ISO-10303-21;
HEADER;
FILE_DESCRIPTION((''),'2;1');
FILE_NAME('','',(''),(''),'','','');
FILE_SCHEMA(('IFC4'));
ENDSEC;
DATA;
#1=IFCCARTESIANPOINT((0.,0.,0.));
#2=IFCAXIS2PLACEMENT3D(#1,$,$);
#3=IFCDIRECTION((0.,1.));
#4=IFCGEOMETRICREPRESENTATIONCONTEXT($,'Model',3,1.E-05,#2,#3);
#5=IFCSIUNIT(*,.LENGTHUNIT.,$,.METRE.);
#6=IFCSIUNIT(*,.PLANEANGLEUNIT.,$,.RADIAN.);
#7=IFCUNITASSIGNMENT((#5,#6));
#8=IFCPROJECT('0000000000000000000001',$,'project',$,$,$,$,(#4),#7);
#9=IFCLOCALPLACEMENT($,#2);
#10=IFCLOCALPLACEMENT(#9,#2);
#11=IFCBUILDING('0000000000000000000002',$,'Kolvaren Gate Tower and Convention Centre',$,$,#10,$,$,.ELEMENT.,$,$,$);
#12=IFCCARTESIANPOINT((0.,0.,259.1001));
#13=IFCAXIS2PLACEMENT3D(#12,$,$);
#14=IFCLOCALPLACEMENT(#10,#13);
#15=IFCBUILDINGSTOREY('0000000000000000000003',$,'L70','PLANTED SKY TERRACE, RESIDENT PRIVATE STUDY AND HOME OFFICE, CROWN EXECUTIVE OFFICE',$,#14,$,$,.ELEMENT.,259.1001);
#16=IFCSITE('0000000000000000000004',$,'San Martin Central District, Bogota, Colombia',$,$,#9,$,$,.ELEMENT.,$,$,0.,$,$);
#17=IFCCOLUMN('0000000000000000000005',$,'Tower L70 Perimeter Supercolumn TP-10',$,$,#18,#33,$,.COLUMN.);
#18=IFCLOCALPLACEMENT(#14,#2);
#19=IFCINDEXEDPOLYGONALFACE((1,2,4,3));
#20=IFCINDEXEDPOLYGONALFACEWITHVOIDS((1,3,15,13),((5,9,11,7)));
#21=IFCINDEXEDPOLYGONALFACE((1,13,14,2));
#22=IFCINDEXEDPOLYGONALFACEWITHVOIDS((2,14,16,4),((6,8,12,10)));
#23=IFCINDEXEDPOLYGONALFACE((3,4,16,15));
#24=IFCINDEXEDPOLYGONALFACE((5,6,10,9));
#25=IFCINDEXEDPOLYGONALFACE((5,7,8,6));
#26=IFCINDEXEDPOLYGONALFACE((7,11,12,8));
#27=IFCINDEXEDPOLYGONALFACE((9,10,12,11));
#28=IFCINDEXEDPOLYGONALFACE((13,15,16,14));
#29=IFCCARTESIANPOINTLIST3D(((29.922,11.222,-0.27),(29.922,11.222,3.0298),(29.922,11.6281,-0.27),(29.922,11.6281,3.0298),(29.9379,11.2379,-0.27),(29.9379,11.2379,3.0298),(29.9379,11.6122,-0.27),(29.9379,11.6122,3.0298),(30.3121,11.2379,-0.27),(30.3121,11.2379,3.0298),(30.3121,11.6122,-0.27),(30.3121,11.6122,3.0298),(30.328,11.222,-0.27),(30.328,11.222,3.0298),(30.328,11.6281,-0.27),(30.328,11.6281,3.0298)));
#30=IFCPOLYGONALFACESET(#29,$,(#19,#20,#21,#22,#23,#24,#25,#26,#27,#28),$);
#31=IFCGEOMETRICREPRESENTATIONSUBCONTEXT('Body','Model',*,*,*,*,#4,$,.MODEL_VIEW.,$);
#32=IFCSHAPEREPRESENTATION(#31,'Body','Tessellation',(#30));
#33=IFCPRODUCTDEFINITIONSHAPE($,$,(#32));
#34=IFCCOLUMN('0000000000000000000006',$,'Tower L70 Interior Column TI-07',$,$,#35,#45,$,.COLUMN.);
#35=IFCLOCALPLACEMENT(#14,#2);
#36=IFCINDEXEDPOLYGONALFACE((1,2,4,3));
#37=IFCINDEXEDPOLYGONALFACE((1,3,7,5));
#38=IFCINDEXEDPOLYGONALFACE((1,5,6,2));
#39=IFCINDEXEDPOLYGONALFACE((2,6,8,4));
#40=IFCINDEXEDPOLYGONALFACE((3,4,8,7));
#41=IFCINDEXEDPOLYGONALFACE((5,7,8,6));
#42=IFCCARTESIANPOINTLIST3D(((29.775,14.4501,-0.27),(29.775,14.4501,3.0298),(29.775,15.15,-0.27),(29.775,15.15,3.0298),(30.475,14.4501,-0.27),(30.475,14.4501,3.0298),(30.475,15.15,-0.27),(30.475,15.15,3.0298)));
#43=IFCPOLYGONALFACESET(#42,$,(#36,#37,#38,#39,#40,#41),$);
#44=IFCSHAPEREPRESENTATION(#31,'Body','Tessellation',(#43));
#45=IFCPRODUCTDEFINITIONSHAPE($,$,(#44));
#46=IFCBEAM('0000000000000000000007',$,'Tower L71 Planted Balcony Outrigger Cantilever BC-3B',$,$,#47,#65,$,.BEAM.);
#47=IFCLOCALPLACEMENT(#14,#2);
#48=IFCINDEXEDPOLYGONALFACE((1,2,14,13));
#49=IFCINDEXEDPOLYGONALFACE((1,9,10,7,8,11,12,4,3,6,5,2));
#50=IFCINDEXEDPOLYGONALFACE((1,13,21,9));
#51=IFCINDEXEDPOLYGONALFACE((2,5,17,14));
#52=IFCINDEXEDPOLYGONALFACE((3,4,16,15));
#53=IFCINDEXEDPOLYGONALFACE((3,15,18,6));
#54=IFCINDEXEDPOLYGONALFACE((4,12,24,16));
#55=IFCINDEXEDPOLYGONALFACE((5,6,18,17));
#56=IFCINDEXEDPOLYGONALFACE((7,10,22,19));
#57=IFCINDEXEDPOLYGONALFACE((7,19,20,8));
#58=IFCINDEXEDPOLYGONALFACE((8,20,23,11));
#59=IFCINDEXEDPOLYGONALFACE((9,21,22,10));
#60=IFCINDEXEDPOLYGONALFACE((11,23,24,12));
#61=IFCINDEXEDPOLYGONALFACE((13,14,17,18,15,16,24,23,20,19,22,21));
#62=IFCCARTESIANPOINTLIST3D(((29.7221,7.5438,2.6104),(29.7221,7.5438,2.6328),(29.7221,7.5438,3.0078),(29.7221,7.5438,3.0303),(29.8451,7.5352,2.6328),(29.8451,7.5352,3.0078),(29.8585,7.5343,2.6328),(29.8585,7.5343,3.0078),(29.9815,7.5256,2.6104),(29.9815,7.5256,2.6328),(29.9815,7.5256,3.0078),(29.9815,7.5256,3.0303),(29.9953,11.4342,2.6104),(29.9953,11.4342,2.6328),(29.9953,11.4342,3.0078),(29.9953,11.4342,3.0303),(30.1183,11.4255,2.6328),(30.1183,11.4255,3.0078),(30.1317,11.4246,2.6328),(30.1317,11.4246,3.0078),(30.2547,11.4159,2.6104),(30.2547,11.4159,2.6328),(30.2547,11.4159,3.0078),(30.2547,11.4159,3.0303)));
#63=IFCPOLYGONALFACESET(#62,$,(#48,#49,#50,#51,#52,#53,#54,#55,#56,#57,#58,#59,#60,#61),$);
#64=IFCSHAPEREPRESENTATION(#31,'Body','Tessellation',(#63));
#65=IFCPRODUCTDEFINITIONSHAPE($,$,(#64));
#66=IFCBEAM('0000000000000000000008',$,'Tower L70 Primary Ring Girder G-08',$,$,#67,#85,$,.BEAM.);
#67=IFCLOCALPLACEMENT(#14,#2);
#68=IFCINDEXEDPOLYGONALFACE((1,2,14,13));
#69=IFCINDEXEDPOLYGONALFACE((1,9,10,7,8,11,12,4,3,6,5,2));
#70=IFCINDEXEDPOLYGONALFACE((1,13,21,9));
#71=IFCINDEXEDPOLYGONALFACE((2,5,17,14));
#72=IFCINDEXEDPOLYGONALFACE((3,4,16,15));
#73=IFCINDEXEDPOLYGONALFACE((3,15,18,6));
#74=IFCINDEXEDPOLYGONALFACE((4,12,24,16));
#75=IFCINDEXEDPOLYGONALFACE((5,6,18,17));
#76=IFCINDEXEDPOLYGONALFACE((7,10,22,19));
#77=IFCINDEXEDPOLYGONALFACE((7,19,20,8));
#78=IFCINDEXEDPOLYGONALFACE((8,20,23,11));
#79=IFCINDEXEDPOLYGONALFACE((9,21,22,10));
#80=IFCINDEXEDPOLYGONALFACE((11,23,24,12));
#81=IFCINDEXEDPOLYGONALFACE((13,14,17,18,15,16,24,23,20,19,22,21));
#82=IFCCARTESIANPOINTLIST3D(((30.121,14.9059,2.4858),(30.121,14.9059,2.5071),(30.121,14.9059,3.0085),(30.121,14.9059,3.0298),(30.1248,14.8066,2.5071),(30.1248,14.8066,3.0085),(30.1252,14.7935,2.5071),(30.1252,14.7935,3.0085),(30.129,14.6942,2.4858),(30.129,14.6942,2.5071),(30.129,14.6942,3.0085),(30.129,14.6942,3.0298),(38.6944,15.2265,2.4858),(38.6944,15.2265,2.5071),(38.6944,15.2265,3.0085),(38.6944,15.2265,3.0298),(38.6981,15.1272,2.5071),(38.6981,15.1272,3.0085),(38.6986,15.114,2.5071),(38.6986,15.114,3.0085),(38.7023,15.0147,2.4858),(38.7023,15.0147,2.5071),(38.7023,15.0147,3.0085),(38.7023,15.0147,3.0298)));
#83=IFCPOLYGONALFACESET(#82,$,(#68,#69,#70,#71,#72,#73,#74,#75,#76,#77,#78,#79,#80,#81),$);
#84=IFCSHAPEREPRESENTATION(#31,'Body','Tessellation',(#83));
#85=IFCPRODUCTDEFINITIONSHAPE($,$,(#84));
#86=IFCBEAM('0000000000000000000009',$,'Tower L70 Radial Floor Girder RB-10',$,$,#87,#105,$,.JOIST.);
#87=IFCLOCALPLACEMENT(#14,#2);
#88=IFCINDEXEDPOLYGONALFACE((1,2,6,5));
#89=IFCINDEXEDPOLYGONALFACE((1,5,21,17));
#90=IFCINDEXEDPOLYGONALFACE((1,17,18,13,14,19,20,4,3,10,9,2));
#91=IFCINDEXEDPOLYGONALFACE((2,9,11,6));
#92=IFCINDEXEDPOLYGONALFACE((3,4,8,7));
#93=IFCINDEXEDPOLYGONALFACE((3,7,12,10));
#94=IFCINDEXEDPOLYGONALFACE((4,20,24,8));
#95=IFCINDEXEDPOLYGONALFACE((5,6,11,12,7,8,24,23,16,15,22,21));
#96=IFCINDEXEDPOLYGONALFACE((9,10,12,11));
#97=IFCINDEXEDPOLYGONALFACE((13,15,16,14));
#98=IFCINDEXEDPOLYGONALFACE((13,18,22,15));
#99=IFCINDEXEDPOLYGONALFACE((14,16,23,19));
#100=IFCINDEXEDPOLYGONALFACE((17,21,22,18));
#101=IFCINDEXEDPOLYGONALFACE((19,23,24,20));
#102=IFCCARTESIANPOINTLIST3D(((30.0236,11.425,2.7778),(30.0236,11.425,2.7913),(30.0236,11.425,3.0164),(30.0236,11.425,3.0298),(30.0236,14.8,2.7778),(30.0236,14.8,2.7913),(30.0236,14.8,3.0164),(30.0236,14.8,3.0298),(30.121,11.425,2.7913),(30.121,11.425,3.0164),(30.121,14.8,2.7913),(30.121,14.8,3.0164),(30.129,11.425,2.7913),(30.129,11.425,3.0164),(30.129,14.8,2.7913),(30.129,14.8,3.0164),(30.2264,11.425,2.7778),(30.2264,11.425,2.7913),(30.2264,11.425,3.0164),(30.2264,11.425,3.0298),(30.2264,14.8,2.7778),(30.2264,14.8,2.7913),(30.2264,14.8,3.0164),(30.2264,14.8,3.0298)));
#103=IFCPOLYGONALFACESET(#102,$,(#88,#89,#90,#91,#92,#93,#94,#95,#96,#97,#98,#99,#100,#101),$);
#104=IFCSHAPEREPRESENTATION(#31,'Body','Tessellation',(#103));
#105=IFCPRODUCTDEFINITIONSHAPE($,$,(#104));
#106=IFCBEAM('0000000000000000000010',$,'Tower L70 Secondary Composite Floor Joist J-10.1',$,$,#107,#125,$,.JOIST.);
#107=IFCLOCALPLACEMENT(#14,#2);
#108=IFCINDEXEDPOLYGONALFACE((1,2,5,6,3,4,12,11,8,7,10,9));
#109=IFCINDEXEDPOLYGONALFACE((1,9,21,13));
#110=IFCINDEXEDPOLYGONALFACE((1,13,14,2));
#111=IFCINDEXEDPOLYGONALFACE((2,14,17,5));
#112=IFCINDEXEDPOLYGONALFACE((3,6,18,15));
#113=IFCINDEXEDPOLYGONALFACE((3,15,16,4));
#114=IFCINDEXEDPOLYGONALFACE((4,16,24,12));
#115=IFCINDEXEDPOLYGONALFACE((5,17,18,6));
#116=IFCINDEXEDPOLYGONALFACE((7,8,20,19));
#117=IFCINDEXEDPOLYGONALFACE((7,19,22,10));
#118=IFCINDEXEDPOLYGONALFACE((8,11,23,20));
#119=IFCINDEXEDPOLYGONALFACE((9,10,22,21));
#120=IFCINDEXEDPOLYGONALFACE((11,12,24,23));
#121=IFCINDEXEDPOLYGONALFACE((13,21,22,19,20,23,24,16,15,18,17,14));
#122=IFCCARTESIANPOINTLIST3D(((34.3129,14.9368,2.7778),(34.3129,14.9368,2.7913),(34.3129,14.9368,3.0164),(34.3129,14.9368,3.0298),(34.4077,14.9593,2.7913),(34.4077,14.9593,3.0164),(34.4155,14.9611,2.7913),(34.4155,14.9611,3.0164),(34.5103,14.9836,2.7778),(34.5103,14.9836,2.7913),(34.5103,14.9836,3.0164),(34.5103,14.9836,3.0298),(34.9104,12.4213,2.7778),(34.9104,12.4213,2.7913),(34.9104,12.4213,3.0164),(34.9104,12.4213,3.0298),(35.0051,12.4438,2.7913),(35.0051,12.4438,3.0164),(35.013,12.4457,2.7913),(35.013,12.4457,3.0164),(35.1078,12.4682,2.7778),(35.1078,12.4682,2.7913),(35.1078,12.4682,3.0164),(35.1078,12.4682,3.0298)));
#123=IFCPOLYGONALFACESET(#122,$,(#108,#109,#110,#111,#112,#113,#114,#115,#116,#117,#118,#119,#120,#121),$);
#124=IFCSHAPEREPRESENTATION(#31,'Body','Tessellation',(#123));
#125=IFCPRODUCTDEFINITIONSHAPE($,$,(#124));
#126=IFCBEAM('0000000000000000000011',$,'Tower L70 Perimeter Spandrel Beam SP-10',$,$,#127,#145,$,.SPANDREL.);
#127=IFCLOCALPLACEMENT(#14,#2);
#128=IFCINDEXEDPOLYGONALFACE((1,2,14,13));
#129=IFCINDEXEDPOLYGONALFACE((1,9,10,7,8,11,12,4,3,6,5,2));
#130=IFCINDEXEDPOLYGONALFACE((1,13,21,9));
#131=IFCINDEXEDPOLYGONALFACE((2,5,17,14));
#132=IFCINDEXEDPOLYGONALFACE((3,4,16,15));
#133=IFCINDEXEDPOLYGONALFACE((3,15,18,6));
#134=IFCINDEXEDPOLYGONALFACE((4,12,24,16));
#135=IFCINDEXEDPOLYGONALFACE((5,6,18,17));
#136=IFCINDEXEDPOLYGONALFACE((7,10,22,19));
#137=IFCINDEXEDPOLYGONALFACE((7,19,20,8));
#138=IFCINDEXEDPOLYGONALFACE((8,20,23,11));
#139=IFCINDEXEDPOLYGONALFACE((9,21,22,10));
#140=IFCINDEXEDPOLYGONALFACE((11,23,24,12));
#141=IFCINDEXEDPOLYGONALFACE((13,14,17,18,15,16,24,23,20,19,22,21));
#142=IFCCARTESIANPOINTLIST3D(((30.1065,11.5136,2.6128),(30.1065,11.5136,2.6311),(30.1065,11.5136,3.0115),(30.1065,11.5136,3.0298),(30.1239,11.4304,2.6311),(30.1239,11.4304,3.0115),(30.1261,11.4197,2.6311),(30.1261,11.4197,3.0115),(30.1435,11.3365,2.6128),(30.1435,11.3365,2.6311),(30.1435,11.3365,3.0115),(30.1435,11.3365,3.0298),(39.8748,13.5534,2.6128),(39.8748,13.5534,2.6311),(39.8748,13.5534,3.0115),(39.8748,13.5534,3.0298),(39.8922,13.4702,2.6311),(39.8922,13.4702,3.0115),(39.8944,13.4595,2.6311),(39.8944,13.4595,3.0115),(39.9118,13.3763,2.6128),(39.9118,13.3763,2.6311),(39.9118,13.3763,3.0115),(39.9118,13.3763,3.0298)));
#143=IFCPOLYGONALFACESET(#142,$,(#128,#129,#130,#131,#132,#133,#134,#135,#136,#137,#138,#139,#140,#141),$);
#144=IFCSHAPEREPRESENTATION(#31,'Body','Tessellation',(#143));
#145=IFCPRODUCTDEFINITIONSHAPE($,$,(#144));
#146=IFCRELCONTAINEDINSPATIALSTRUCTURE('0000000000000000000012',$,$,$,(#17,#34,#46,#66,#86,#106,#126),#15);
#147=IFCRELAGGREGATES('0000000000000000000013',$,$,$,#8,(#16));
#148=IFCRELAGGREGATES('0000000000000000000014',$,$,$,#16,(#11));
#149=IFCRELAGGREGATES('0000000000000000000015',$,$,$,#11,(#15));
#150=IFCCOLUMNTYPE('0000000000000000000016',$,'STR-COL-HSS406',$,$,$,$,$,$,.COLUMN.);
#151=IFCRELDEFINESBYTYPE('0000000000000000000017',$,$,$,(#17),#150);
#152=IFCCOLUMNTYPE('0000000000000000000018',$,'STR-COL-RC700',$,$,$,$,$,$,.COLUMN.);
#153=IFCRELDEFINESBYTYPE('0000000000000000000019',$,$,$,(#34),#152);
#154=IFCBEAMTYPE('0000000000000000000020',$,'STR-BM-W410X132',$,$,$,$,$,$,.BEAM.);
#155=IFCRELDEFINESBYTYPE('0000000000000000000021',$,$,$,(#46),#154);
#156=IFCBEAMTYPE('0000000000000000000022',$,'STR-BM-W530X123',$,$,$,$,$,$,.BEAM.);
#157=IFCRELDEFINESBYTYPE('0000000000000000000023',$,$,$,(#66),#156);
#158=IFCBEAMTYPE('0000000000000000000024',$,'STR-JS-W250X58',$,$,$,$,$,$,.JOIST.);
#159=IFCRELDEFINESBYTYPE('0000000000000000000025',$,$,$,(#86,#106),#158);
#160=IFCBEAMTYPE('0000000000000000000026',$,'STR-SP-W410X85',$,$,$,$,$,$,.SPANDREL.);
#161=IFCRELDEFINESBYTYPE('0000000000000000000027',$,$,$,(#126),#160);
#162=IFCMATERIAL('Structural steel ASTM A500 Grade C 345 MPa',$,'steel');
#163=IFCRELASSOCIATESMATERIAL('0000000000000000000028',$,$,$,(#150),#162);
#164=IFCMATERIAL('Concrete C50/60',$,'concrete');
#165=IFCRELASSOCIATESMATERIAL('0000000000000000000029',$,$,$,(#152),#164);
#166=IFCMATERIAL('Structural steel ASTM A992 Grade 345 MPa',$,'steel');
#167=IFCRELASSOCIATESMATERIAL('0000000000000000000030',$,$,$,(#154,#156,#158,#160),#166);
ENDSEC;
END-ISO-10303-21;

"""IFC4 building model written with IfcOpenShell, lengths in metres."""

from ifc_helpers import new_model, si_unit, direction, frame, origin, origin_2d, place, context, subcontext, project, spatial, rectangle, hollow_rectangle, i_section, extrude, material, material_profile, profile_set, type_object, element, save


model = new_model("IFC4")

# Units and contexts
model_context = context("Model", 3, precision=1e-05, world=origin(), true_north=direction((0.0, 1.0)))
body_context = subcontext(model_context, "Body", "Model", "MODEL_VIEW")
ifc_project = project(units=[si_unit("LENGTHUNIT", "METRE"), si_unit("PLANEANGLEUNIT", "RADIAN")], contexts=[model_context])

# Site, building, storey
site_placement = place(None, origin())
site = spatial("IfcSite", under=ifc_project, at=site_placement, Name="San Martin Central District, Bogota, Colombia", CompositionType="ELEMENT", RefElevation=0.0)
building_placement = place(site_placement, origin())
building = spatial("IfcBuilding", under=site, at=building_placement, Name="Kolvaren Gate Tower and Convention Centre", CompositionType="ELEMENT")
storey_placement = place(building_placement, frame((0.0, 0.0, 259.1001)))
storey = spatial("IfcBuildingStorey", under=building, at=storey_placement, Name="L70", Description="PLANTED SKY TERRACE, RESIDENT PRIVATE STUDY AND HOME OFFICE, CROWN EXECUTIVE OFFICE", CompositionType="ELEMENT", Elevation=259.1001)

# Columns
ifc_material_1 = material(Name="Structural steel ASTM A500 Grade C 345 MPa", Category="steel")
ifc_material_profile_1 = material_profile(ifc_material_1, hollow_rectangle(XDim=0.406, YDim=0.406, WallThickness=0.0159, at=origin_2d()), Name="HSS406X406X15.9")
ifc_profile_set_1 = profile_set([ifc_material_profile_1], Name="Structural steel ASTM A500 Grade C 345 MPa")
column_type_1 = type_object("IfcColumnType", Name="STR-COL-HSS406", PredefinedType="COLUMN", material=ifc_profile_set_1)
column_1_placement = place(storey_placement, frame((30.125, 11.425, -0.27), z_axis=(0.0, 0.0, 1.0), x_axis=(1.0, 0.0, 0.0)))
element("IfcColumn", 1, at=column_1_placement, inside=storey, type_object=column_type_1, Name="Tower L70 Perimeter Supercolumn TP-10", PredefinedType="COLUMN", context=body_context, shape_type="SweptSolid", body=[
    extrude(hollow_rectangle(XDim=0.406, YDim=0.406, WallThickness=0.0159, at=origin_2d()), origin(), (0.0, 0.0, 1.0), 3.2998),
])
ifc_material_2 = material(Name="Concrete C50/60", Category="concrete")
ifc_material_profile_2 = material_profile(ifc_material_2, rectangle(XDim=0.7, YDim=0.7, at=origin_2d()), Name="RC-COL-700X700")
ifc_profile_set_2 = profile_set([ifc_material_profile_2], Name="Concrete C50/60")
column_type_2 = type_object("IfcColumnType", Name="STR-COL-RC700", PredefinedType="COLUMN", material=ifc_profile_set_2)
column_2_placement = place(storey_placement, frame((30.125, 14.8, -0.27), z_axis=(0.0, 0.0, 1.0), x_axis=(1.0, 0.0, 0.0)))
element("IfcColumn", 2, at=column_2_placement, inside=storey, type_object=column_type_2, Name="Tower L70 Interior Column TI-07", PredefinedType="COLUMN", context=body_context, shape_type="SweptSolid", body=[
    extrude(rectangle(XDim=0.7, YDim=0.7, at=origin_2d()), origin(), (0.0, 0.0, 1.0), 3.2998),
])

# Beams
ifc_material_3 = material(Name="Structural steel ASTM A992 Grade 345 MPa", Category="steel")
ifc_material_profile_3 = material_profile(ifc_material_3, i_section(OverallWidth=0.26, OverallDepth=0.4199, WebThickness=0.0134, FlangeThickness=0.0225, at=origin_2d()), Name="W410X132")
ifc_profile_set_3 = profile_set([ifc_material_profile_3], Name="Structural steel ASTM A992 Grade 345 MPa")
beam_type_1 = type_object("IfcBeamType", Name="STR-BM-W410X132", PredefinedType="BEAM", material=ifc_profile_set_3)
beam_1_placement = place(storey_placement, frame((30.125, 11.425, 2.8203), z_axis=(-0.07005, -0.997543, 0.0), x_axis=(0.997543, -0.07005, 0.0)))
element("IfcBeam", 3, at=beam_1_placement, inside=storey, type_object=beam_type_1, Name="Tower L71 Planted Balcony Outrigger Cantilever BC-3B", PredefinedType="BEAM", context=body_context, shape_type="SweptSolid", body=[
    extrude(i_section(OverallWidth=0.26, OverallDepth=0.4199, WebThickness=0.0134, FlangeThickness=0.0225, at=origin_2d()), origin(), (0.0, 0.0, 1.0), 3.8999),
])
ifc_material_profile_4 = material_profile(ifc_material_3, i_section(OverallWidth=0.2119, OverallDepth=0.5439, WebThickness=0.0132, FlangeThickness=0.0212, at=origin_2d()), Name="W530X123")
ifc_profile_set_4 = profile_set([ifc_material_profile_4], Name="Structural steel ASTM A992 Grade 345 MPa")
beam_type_2 = type_object("IfcBeamType", Name="STR-BM-W530X123", PredefinedType="BEAM", material=ifc_profile_set_4)
beam_2_placement = place(storey_placement, frame((30.125, 14.8, 2.7578), z_axis=(0.999302, 0.037364, 0.0), x_axis=(-0.037364, 0.999302, 0.0)))
element("IfcBeam", 4, at=beam_2_placement, inside=storey, type_object=beam_type_2, Name="Tower L70 Primary Ring Girder G-08", PredefinedType="BEAM", context=body_context, shape_type="SweptSolid", body=[
    extrude(i_section(OverallWidth=0.2119, OverallDepth=0.5439, WebThickness=0.0132, FlangeThickness=0.0212, at=origin_2d()), origin(), (0.0, 0.0, 1.0), 8.5793),
])
ifc_material_profile_5 = material_profile(ifc_material_3, i_section(OverallWidth=0.2029, OverallDepth=0.252, WebThickness=0.0081, FlangeThickness=0.0134, at=origin_2d()), Name="W250X58")
ifc_profile_set_5 = profile_set([ifc_material_profile_5], Name="Structural steel ASTM A992 Grade 345 MPa")
beam_type_3 = type_object("IfcBeamType", Name="STR-JS-W250X58", PredefinedType="JOIST", material=ifc_profile_set_5)
beam_3_placement = place(storey_placement, frame((30.125, 14.8, 2.9038), z_axis=(0.0, -1.0, 0.0), x_axis=(1.0, 0.0, 0.0)))
element("IfcBeam", 5, at=beam_3_placement, inside=storey, type_object=beam_type_3, Name="Tower L70 Radial Floor Girder RB-10", PredefinedType="JOIST", context=body_context, shape_type="SweptSolid", body=[
    extrude(i_section(OverallWidth=0.2029, OverallDepth=0.252, WebThickness=0.0081, FlangeThickness=0.0134, at=origin_2d()), origin(), (0.0, 0.0, 1.0), 3.375),
])
beam_4_placement = place(storey_placement, frame((34.4116, 14.9602, 2.9038), z_axis=(0.231076, -0.972936, 0.0), x_axis=(0.972936, 0.231076, 0.0)))
element("IfcBeam", 6, at=beam_4_placement, inside=storey, type_object=beam_type_3, Name="Tower L70 Secondary Composite Floor Joist J-10.1", PredefinedType="JOIST", context=body_context, shape_type="SweptSolid", body=[
    extrude(i_section(OverallWidth=0.2029, OverallDepth=0.252, WebThickness=0.0081, FlangeThickness=0.0134, at=origin_2d()), origin(), (0.0, 0.0, 1.0), 2.5854),
])
ifc_material_profile_6 = material_profile(ifc_material_3, i_section(OverallWidth=0.1809, OverallDepth=0.417, WebThickness=0.011, FlangeThickness=0.0183, at=origin_2d()), Name="W410X85")
ifc_profile_set_6 = profile_set([ifc_material_profile_6], Name="Structural steel ASTM A992 Grade 345 MPa")
beam_type_4 = type_object("IfcBeamType", Name="STR-SP-W410X85", PredefinedType="SPANDREL", material=ifc_profile_set_6)
beam_5_placement = place(storey_placement, frame((30.125, 11.425, 2.8213), z_axis=(0.978886, 0.204409, 0.0), x_axis=(-0.204409, 0.978886, 0.0)))
element("IfcBeam", 7, at=beam_5_placement, inside=storey, type_object=beam_type_4, Name="Tower L70 Perimeter Spandrel Beam SP-10", PredefinedType="SPANDREL", context=body_context, shape_type="SweptSolid", body=[
    extrude(i_section(OverallWidth=0.1809, OverallDepth=0.417, WebThickness=0.011, FlangeThickness=0.0183, at=origin_2d()), origin(), (0.0, 0.0, 1.0), 9.979),
])

save(model, "model.ifc")
